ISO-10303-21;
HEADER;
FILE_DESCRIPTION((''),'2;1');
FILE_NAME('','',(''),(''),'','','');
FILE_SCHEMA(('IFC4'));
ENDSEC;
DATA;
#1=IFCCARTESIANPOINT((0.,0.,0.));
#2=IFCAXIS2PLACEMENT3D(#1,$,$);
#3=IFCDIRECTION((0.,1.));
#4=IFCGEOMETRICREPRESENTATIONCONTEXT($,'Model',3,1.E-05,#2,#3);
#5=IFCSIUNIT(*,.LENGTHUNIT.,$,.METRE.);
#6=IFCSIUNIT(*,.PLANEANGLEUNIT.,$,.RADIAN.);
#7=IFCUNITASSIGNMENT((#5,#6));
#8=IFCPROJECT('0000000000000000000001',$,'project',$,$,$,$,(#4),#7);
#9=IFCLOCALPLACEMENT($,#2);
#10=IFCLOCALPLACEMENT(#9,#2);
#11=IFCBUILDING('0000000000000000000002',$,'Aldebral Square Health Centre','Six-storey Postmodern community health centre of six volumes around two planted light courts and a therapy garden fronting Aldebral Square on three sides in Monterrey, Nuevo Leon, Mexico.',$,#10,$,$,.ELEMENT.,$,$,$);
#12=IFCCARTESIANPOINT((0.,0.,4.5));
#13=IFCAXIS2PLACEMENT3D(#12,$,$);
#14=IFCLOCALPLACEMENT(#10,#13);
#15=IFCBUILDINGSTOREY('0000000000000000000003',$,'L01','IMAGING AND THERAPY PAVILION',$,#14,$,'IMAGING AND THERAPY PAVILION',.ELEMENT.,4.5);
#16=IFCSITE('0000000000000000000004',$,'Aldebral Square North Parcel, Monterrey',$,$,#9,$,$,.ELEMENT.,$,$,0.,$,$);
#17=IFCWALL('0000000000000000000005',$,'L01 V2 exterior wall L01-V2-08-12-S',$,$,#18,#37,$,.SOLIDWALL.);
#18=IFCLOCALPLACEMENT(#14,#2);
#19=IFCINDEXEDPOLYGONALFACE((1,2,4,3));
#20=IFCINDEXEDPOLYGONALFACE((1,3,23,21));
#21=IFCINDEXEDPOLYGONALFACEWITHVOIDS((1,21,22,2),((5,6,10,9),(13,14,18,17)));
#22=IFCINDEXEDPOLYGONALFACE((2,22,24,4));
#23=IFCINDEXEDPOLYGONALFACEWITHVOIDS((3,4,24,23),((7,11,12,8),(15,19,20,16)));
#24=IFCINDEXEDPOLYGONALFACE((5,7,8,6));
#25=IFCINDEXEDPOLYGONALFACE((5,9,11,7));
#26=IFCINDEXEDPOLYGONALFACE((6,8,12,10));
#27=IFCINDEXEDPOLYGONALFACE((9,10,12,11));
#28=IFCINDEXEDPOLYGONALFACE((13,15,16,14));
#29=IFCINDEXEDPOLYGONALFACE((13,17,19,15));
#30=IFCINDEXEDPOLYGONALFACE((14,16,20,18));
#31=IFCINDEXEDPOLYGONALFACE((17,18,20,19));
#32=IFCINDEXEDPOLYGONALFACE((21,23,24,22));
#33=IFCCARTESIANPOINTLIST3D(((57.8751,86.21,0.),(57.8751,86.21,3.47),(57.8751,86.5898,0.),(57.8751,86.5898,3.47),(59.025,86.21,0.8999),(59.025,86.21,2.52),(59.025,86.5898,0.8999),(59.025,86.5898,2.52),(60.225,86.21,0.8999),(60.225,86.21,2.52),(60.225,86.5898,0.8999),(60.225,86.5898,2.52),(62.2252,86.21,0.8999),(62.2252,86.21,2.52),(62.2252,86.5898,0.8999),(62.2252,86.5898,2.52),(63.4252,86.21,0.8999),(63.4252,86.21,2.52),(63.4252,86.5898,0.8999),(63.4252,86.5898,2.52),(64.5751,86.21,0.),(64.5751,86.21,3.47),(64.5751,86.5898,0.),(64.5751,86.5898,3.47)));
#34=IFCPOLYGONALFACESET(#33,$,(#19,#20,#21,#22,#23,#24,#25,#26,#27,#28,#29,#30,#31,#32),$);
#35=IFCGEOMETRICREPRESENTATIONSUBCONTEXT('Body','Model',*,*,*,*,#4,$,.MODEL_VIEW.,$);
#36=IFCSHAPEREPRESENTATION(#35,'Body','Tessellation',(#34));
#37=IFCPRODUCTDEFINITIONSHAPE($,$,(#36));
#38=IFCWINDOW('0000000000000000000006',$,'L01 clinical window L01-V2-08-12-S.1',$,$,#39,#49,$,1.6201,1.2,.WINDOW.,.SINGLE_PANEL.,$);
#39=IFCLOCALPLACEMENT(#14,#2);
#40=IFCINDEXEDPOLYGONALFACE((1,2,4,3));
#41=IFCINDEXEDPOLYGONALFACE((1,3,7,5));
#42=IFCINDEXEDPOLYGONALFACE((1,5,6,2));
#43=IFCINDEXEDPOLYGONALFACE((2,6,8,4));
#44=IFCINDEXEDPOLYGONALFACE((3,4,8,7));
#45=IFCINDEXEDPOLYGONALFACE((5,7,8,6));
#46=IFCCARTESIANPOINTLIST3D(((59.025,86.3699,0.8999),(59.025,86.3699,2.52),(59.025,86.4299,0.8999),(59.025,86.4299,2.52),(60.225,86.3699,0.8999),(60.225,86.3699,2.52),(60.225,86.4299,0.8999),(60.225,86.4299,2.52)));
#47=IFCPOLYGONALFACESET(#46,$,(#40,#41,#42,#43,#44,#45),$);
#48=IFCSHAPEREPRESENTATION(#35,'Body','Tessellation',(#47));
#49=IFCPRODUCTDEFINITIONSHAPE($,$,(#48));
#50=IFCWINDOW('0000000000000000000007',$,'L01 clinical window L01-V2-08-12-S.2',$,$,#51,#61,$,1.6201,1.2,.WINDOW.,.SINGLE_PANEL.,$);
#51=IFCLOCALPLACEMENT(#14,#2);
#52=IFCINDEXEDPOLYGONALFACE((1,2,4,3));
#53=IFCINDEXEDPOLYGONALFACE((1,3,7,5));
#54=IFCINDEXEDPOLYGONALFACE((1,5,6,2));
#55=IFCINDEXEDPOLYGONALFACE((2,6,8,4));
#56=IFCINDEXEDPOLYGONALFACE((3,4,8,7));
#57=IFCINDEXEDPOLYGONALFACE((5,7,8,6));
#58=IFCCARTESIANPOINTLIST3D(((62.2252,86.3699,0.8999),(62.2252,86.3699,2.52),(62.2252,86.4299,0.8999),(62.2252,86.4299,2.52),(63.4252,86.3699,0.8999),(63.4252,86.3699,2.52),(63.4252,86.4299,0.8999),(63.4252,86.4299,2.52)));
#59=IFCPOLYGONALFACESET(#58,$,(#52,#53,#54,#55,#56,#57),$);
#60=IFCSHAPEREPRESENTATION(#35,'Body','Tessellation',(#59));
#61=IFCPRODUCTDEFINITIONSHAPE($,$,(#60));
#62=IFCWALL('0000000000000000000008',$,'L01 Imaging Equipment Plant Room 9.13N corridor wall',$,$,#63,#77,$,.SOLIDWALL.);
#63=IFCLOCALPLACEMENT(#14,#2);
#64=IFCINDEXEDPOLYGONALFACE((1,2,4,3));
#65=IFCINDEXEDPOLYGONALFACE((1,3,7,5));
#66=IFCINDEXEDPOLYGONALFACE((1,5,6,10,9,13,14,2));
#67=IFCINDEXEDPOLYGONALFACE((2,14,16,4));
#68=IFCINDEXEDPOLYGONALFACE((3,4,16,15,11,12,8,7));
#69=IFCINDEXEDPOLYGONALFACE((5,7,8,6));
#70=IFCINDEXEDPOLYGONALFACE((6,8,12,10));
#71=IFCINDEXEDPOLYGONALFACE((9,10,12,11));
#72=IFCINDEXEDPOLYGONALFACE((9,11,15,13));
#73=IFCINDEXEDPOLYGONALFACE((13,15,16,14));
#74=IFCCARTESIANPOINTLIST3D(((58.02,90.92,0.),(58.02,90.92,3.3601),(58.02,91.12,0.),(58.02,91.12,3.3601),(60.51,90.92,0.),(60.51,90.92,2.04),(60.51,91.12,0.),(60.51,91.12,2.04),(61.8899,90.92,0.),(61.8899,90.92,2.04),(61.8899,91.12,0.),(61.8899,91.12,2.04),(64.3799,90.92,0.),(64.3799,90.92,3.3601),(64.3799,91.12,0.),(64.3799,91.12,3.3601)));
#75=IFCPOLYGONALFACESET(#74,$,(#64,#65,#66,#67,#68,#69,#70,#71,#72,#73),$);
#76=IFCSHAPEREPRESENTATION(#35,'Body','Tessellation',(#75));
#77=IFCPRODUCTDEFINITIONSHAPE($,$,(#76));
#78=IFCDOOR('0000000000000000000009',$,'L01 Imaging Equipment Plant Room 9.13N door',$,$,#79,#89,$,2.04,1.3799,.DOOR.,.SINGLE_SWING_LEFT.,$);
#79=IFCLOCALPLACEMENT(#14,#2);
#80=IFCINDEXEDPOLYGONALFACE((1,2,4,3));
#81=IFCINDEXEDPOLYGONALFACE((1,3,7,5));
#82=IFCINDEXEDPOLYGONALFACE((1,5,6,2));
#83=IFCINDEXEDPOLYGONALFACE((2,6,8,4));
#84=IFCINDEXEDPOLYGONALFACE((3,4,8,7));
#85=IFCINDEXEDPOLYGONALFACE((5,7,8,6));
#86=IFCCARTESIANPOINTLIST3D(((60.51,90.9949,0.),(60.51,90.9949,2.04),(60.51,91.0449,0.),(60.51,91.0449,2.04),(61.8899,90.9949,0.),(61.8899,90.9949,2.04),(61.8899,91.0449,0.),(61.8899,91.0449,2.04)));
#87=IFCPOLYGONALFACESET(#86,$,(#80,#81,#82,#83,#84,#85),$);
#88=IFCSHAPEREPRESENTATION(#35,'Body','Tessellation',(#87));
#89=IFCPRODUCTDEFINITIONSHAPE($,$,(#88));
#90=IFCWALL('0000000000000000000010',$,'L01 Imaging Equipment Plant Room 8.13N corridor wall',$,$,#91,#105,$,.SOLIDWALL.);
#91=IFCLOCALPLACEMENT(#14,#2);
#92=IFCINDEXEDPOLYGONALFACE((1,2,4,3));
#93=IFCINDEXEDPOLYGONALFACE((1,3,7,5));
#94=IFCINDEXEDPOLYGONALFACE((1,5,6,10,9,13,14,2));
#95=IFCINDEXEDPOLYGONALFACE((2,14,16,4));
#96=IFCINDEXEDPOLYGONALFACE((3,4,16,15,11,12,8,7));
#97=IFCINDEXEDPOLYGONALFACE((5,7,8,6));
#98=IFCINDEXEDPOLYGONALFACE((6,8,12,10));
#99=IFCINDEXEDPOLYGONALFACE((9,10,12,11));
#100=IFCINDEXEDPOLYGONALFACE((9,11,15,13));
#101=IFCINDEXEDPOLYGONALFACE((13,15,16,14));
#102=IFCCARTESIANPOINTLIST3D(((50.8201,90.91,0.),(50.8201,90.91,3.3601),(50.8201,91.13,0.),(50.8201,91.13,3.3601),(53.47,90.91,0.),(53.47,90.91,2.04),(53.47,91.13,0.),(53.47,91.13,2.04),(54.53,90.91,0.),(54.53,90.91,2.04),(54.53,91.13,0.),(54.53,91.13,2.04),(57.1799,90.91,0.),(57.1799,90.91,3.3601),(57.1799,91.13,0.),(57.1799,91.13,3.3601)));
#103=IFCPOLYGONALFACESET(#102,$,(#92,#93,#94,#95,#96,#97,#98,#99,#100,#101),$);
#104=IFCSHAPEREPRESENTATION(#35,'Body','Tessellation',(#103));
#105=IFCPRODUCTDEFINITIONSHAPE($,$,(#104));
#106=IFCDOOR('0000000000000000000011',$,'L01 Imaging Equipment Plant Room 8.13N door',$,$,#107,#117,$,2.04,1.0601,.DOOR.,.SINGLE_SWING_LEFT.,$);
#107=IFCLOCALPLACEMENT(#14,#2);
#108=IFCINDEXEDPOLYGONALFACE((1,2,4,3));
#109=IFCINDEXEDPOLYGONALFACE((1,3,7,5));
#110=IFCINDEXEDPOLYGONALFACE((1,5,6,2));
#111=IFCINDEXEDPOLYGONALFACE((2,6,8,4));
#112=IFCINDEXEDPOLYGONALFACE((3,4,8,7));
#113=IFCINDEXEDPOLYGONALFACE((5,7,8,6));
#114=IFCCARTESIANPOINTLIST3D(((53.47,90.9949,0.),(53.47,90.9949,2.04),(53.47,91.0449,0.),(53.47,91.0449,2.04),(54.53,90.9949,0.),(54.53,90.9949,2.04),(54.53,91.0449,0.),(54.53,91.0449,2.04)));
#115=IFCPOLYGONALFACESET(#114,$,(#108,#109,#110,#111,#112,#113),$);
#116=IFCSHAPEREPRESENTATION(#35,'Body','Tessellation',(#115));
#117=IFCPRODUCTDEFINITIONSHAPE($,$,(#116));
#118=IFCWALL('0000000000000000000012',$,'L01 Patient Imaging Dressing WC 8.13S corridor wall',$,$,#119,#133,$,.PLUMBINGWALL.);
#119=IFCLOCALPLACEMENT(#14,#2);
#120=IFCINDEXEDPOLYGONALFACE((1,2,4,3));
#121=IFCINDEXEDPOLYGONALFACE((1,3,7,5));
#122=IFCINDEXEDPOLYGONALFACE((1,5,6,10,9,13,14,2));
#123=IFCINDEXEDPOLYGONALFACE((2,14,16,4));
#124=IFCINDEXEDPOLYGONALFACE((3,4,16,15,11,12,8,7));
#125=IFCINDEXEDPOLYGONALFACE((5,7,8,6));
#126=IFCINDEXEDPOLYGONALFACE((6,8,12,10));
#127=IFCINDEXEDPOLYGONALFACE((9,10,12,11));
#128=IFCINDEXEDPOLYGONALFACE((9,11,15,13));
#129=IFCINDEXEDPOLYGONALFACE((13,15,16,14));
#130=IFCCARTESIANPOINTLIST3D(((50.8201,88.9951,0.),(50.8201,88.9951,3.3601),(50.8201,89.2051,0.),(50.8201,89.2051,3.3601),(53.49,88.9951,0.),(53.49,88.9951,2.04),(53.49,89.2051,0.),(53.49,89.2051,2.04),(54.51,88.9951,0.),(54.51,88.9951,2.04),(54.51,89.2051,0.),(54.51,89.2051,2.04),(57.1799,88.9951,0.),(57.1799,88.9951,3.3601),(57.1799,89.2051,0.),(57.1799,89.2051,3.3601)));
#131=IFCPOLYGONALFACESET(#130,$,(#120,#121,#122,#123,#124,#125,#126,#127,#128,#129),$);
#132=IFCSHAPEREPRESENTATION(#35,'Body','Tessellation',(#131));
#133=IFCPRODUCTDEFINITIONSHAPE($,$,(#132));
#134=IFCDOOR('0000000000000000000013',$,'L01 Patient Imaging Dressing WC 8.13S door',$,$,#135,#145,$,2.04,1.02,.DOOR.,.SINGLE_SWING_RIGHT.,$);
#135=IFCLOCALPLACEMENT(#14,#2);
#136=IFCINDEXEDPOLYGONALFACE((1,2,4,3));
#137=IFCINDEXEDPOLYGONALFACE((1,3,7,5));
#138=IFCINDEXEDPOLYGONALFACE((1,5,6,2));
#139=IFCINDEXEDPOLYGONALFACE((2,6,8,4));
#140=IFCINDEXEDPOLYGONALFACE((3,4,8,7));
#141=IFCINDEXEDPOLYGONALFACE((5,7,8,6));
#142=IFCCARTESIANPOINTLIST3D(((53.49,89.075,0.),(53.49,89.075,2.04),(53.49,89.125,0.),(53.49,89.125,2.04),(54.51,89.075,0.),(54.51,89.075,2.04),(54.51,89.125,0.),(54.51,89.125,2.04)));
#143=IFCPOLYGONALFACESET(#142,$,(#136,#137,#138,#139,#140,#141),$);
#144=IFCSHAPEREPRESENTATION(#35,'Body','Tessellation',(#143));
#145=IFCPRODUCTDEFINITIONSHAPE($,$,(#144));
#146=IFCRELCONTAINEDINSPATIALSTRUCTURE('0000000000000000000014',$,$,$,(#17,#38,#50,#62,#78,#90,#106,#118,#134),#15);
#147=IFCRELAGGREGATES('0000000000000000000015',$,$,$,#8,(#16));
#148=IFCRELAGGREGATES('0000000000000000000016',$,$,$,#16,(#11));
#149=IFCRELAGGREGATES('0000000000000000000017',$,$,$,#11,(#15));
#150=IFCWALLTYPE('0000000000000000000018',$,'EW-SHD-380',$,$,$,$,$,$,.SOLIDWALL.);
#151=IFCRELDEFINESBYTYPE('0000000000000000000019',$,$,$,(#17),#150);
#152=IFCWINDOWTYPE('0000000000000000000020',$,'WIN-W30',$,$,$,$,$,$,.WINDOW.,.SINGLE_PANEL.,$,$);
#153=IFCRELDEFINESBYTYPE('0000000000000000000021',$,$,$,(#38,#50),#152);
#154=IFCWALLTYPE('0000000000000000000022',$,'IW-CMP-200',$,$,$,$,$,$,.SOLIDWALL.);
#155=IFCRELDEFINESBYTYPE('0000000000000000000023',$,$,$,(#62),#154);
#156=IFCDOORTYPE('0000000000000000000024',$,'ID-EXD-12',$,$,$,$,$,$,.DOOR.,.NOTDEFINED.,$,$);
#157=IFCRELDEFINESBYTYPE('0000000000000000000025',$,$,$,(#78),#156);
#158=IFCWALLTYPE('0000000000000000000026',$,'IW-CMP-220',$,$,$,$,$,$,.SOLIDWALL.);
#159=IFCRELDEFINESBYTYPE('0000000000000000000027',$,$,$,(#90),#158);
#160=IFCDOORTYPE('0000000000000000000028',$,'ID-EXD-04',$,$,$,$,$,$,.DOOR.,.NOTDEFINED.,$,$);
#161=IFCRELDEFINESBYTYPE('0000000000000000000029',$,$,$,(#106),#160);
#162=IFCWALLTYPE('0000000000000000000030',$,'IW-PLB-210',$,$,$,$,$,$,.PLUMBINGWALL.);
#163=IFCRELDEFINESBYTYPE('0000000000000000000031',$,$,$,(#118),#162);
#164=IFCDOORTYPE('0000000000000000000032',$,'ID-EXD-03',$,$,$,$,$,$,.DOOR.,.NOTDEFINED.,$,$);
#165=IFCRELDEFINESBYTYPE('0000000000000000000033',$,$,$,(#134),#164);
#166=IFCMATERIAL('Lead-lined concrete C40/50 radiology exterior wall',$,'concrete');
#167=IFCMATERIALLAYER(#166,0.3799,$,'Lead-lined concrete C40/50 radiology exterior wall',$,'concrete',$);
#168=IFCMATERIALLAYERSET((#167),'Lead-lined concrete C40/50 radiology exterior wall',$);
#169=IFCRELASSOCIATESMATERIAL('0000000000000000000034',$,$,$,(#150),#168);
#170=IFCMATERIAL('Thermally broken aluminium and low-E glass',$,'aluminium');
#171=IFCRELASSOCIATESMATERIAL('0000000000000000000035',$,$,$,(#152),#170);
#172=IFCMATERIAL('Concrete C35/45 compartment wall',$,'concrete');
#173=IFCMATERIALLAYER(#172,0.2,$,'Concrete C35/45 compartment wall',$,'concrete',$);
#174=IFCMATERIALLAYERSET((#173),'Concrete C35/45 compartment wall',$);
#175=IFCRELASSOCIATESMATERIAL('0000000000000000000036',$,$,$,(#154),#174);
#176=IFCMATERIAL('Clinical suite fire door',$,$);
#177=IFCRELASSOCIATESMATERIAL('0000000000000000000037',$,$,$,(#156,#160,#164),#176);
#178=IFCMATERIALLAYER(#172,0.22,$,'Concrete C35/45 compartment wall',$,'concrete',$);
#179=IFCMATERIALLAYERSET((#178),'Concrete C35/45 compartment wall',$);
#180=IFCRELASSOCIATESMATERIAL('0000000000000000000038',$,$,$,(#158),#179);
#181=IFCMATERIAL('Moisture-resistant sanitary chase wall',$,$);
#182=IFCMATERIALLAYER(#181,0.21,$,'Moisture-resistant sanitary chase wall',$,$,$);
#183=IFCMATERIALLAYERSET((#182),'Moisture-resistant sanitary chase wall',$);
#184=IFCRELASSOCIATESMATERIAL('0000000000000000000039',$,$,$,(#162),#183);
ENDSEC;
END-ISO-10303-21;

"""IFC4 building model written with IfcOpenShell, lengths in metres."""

from ifc_helpers import new_model, si_unit, direction, frame, frame_2d, origin, place, context, subcontext, project, spatial, rectangle, extrude, material, layer, layer_set, type_object, element, fill, save


model = new_model("IFC4")

# Units and contexts
model_context = context("Model", 3, precision=1e-05, world=origin(), true_north=direction((0.0, 1.0)))
body_context = subcontext(model_context, "Body", "Model", "MODEL_VIEW")
ifc_project = project(units=[si_unit("LENGTHUNIT", "METRE"), si_unit("PLANEANGLEUNIT", "RADIAN")], contexts=[model_context])

# Site, building, storey
site_placement = place(None, origin())
site = spatial("IfcSite", under=ifc_project, at=site_placement, Name="Aldebral Square North Parcel, Monterrey", CompositionType="ELEMENT", RefElevation=0.0)
building_placement = place(site_placement, origin())
building = spatial("IfcBuilding", under=site, at=building_placement, Name="Aldebral Square Health Centre", Description="Six-storey Postmodern community health centre of six volumes around two planted light courts and a therapy garden fronting Aldebral Square on three sides in Monterrey, Nuevo Leon, Mexico.", CompositionType="ELEMENT")
storey_placement = place(building_placement, frame((0.0, 0.0, 4.5)))
storey = spatial("IfcBuildingStorey", under=building, at=storey_placement, Name="L01", Description="IMAGING AND THERAPY PAVILION", LongName="IMAGING AND THERAPY PAVILION", CompositionType="ELEMENT", Elevation=4.5)

# Wall, openings, windows
ifc_material_1 = material(Name="Lead-lined concrete C40/50 radiology exterior wall", Category="concrete")
ifc_layer_1 = layer(ifc_material_1, 0.3799, Name="Lead-lined concrete C40/50 radiology exterior wall", Category="concrete")
ifc_layer_set_1 = layer_set([ifc_layer_1], Name="Lead-lined concrete C40/50 radiology exterior wall")
wall_type_1 = type_object("IfcWallType", Name="EW-SHD-380", PredefinedType="SOLIDWALL", material=ifc_layer_set_1)
ifc_material_2 = material(Name="Thermally broken aluminium and low-E glass", Category="aluminium")
wall_1_placement = place(storey_placement, frame((57.875, 86.3999, 0.0), z_axis=(0.0, 0.0, 1.0), x_axis=(1.0, 0.0, 0.0)))
wall_1 = element("IfcWall", 1, at=wall_1_placement, inside=storey, type_object=wall_type_1, Name="L01 V2 exterior wall L01-V2-08-12-S", PredefinedType="SOLIDWALL", context=body_context, shape_type="SweptSolid", body=[
    extrude(rectangle(XDim=6.7, YDim=0.3799, at=frame_2d((3.3501, 0.0))), origin(), (0.0, 0.0, 1.0), 3.47),
])
opening_1_placement = place(wall_1_placement, frame((1.1499, 0.0, 0.8999)))
opening_1 = element("IfcOpeningElement", 2, at=opening_1_placement, cuts=wall_1, PredefinedType="OPENING", context=body_context, shape_type="SweptSolid", body=[
    extrude(rectangle(XDim=1.2, YDim=1.6201, at=frame_2d((0.6001, 0.8101))), frame((0.0, 0.2, 0.0), z_axis=(0.0, -1.0, 0.0), x_axis=(1.0, 0.0, 0.0)), (0.0, 0.0, 1.0), 0.3999),
])
opening_2_placement = place(wall_1_placement, frame((4.3501, 0.0, 0.8999)))
opening_2 = element("IfcOpeningElement", 3, at=opening_2_placement, cuts=wall_1, PredefinedType="OPENING", context=body_context, shape_type="SweptSolid", body=[
    extrude(rectangle(XDim=1.2, YDim=1.6201, at=frame_2d((0.6001, 0.8101))), frame((0.0, 0.2, 0.0), z_axis=(0.0, -1.0, 0.0), x_axis=(1.0, 0.0, 0.0)), (0.0, 0.0, 1.0), 0.3999),
])
window_type_1 = type_object("IfcWindowType", Name="WIN-W30", PartitioningType="SINGLE_PANEL", PredefinedType="WINDOW", material=ifc_material_2)
window_1_placement = place(opening_1_placement, origin())
window_1 = element("IfcWindow", 4, at=window_1_placement, inside=storey, type_object=window_type_1, Name="L01 clinical window L01-V2-08-12-S.1", OverallHeight=1.6201, OverallWidth=1.2, PartitioningType="SINGLE_PANEL", PredefinedType="WINDOW", context=body_context, shape_type="SweptSolid", body=[
    extrude(rectangle(XDim=1.2, YDim=1.6201, at=frame_2d((0.6001, 0.8101))), frame((0.0, 0.03, 0.0), z_axis=(0.0, -1.0, 0.0), x_axis=(1.0, 0.0, 0.0)), (0.0, 0.0, 1.0), 0.0601),
])
fill(opening_1, window_1)
window_2_placement = place(opening_2_placement, origin())
window_2 = element("IfcWindow", 5, at=window_2_placement, inside=storey, type_object=window_type_1, Name="L01 clinical window L01-V2-08-12-S.2", OverallHeight=1.6201, OverallWidth=1.2, PartitioningType="SINGLE_PANEL", PredefinedType="WINDOW", context=body_context, shape_type="SweptSolid", body=[
    extrude(rectangle(XDim=1.2, YDim=1.6201, at=frame_2d((0.6001, 0.8101))), frame((0.0, 0.03, 0.0), z_axis=(0.0, -1.0, 0.0), x_axis=(1.0, 0.0, 0.0)), (0.0, 0.0, 1.0), 0.0601),
])
fill(opening_2, window_2)

# Walls, openings, doors
ifc_material_3 = material(Name="Concrete C35/45 compartment wall", Category="concrete")
ifc_layer_2 = layer(ifc_material_3, 0.2, Name="Concrete C35/45 compartment wall", Category="concrete")
ifc_layer_set_2 = layer_set([ifc_layer_2], Name="Concrete C35/45 compartment wall")
wall_type_2 = type_object("IfcWallType", Name="IW-CMP-200", PredefinedType="SOLIDWALL", material=ifc_layer_set_2)
wall_2_placement = place(storey_placement, frame((58.02, 91.02, 0.0), z_axis=(0.0, 0.0, 1.0), x_axis=(1.0, 0.0, 0.0)))
wall_2 = element("IfcWall", 6, at=wall_2_placement, inside=storey, type_object=wall_type_2, Name="L01 Imaging Equipment Plant Room 9.13N corridor wall", PredefinedType="SOLIDWALL", context=body_context, shape_type="SweptSolid", body=[
    extrude(rectangle(XDim=6.3599, YDim=0.2, at=frame_2d((3.1799, 0.0))), origin(), (0.0, 0.0, 1.0), 3.3601),
])
opening_3_placement = place(wall_2_placement, frame((2.49, 0.0, 0.0)))
opening_3 = element("IfcOpeningElement", 7, at=opening_3_placement, cuts=wall_2, PredefinedType="OPENING", context=body_context, shape_type="SweptSolid", body=[
    extrude(rectangle(XDim=1.3799, YDim=2.04, at=frame_2d((0.6899, 1.02))), frame((0.0, 0.1099, 0.0), z_axis=(0.0, -1.0, 0.0), x_axis=(1.0, 0.0, 0.0)), (0.0, 0.0, 1.0), 0.22),
])
ifc_material_4 = material(Name="Clinical suite fire door")
door_type_1 = type_object("IfcDoorType", Name="ID-EXD-12", OperationType="NOTDEFINED", PredefinedType="DOOR", material=ifc_material_4)
door_1_placement = place(opening_3_placement, origin())
door_1 = element("IfcDoor", 8, at=door_1_placement, inside=storey, type_object=door_type_1, Name="L01 Imaging Equipment Plant Room 9.13N door", OperationType="SINGLE_SWING_LEFT", OverallHeight=2.04, OverallWidth=1.3799, PredefinedType="DOOR", context=body_context, shape_type="SweptSolid", body=[
    extrude(rectangle(XDim=1.3799, YDim=2.04, at=frame_2d((0.6899, 1.02))), frame((0.0, 0.0249, 0.0), z_axis=(0.0, -1.0, 0.0), x_axis=(1.0, 0.0, 0.0)), (0.0, 0.0, 1.0), 0.05),
])
fill(opening_3, door_1)
ifc_layer_3 = layer(ifc_material_3, 0.22, Name="Concrete C35/45 compartment wall", Category="concrete")
ifc_layer_set_3 = layer_set([ifc_layer_3], Name="Concrete C35/45 compartment wall")
wall_type_3 = type_object("IfcWallType", Name="IW-CMP-220", PredefinedType="SOLIDWALL", material=ifc_layer_set_3)
wall_3_placement = place(storey_placement, frame((50.8201, 91.02, 0.0), z_axis=(0.0, 0.0, 1.0), x_axis=(1.0, 0.0, 0.0)))
wall_3 = element("IfcWall", 9, at=wall_3_placement, inside=storey, type_object=wall_type_3, Name="L01 Imaging Equipment Plant Room 8.13N corridor wall", PredefinedType="SOLIDWALL", context=body_context, shape_type="SweptSolid", body=[
    extrude(rectangle(XDim=6.3599, YDim=0.22, at=frame_2d((3.1799, 0.0))), origin(), (0.0, 0.0, 1.0), 3.3601),
])
opening_4_placement = place(wall_3_placement, frame((2.6499, 0.0, 0.0)))
opening_4 = element("IfcOpeningElement", 10, at=opening_4_placement, cuts=wall_3, PredefinedType="OPENING", context=body_context, shape_type="SweptSolid", body=[
    extrude(rectangle(XDim=1.0601, YDim=2.04, at=frame_2d((0.53, 1.02))), frame((0.0, 0.1201, 0.0), z_axis=(0.0, -1.0, 0.0), x_axis=(1.0, 0.0, 0.0)), (0.0, 0.0, 1.0), 0.24),
])
door_type_2 = type_object("IfcDoorType", Name="ID-EXD-04", OperationType="NOTDEFINED", PredefinedType="DOOR", material=ifc_material_4)
door_2_placement = place(opening_4_placement, origin())
door_2 = element("IfcDoor", 11, at=door_2_placement, inside=storey, type_object=door_type_2, Name="L01 Imaging Equipment Plant Room 8.13N door", OperationType="SINGLE_SWING_LEFT", OverallHeight=2.04, OverallWidth=1.0601, PredefinedType="DOOR", context=body_context, shape_type="SweptSolid", body=[
    extrude(rectangle(XDim=1.0601, YDim=2.04, at=frame_2d((0.53, 1.02))), frame((0.0, 0.0249, 0.0), z_axis=(0.0, -1.0, 0.0), x_axis=(1.0, 0.0, 0.0)), (0.0, 0.0, 1.0), 0.05),
])
fill(opening_4, door_2)
ifc_material_5 = material(Name="Moisture-resistant sanitary chase wall")
ifc_layer_4 = layer(ifc_material_5, 0.21, Name="Moisture-resistant sanitary chase wall")
ifc_layer_set_4 = layer_set([ifc_layer_4], Name="Moisture-resistant sanitary chase wall")
wall_type_4 = type_object("IfcWallType", Name="IW-PLB-210", PredefinedType="PLUMBINGWALL", material=ifc_layer_set_4)
wall_4_placement = place(storey_placement, frame((50.8201, 89.1001, 0.0), z_axis=(0.0, 0.0, 1.0), x_axis=(1.0, 0.0, 0.0)))
wall_4 = element("IfcWall", 12, at=wall_4_placement, inside=storey, type_object=wall_type_4, Name="L01 Patient Imaging Dressing WC 8.13S corridor wall", PredefinedType="PLUMBINGWALL", context=body_context, shape_type="SweptSolid", body=[
    extrude(rectangle(XDim=6.3599, YDim=0.21, at=frame_2d((3.1799, 0.0))), origin(), (0.0, 0.0, 1.0), 3.3601),
])
opening_5_placement = place(wall_4_placement, frame((2.6699, 0.0, 0.0)))
opening_5 = element("IfcOpeningElement", 13, at=opening_5_placement, cuts=wall_4, PredefinedType="OPENING", context=body_context, shape_type="SweptSolid", body=[
    extrude(rectangle(XDim=1.02, YDim=2.04, at=frame_2d((0.51, 1.02))), frame((0.0, 0.115, 0.0), z_axis=(0.0, -1.0, 0.0), x_axis=(1.0, 0.0, 0.0)), (0.0, 0.0, 1.0), 0.23),
])
door_type_3 = type_object("IfcDoorType", Name="ID-EXD-03", OperationType="NOTDEFINED", PredefinedType="DOOR", material=ifc_material_4)
door_3_placement = place(opening_5_placement, origin())
door_3 = element("IfcDoor", 14, at=door_3_placement, inside=storey, type_object=door_type_3, Name="L01 Patient Imaging Dressing WC 8.13S door", OperationType="SINGLE_SWING_RIGHT", OverallHeight=2.04, OverallWidth=1.02, PredefinedType="DOOR", context=body_context, shape_type="SweptSolid", body=[
    extrude(rectangle(XDim=1.02, YDim=2.04, at=frame_2d((0.51, 1.02))), frame((0.0, 0.0249, 0.0), z_axis=(0.0, -1.0, 0.0), x_axis=(1.0, 0.0, 0.0)), (0.0, 0.0, 1.0), 0.05),
])
fill(opening_5, door_3)

save(model, "model.ifc")
